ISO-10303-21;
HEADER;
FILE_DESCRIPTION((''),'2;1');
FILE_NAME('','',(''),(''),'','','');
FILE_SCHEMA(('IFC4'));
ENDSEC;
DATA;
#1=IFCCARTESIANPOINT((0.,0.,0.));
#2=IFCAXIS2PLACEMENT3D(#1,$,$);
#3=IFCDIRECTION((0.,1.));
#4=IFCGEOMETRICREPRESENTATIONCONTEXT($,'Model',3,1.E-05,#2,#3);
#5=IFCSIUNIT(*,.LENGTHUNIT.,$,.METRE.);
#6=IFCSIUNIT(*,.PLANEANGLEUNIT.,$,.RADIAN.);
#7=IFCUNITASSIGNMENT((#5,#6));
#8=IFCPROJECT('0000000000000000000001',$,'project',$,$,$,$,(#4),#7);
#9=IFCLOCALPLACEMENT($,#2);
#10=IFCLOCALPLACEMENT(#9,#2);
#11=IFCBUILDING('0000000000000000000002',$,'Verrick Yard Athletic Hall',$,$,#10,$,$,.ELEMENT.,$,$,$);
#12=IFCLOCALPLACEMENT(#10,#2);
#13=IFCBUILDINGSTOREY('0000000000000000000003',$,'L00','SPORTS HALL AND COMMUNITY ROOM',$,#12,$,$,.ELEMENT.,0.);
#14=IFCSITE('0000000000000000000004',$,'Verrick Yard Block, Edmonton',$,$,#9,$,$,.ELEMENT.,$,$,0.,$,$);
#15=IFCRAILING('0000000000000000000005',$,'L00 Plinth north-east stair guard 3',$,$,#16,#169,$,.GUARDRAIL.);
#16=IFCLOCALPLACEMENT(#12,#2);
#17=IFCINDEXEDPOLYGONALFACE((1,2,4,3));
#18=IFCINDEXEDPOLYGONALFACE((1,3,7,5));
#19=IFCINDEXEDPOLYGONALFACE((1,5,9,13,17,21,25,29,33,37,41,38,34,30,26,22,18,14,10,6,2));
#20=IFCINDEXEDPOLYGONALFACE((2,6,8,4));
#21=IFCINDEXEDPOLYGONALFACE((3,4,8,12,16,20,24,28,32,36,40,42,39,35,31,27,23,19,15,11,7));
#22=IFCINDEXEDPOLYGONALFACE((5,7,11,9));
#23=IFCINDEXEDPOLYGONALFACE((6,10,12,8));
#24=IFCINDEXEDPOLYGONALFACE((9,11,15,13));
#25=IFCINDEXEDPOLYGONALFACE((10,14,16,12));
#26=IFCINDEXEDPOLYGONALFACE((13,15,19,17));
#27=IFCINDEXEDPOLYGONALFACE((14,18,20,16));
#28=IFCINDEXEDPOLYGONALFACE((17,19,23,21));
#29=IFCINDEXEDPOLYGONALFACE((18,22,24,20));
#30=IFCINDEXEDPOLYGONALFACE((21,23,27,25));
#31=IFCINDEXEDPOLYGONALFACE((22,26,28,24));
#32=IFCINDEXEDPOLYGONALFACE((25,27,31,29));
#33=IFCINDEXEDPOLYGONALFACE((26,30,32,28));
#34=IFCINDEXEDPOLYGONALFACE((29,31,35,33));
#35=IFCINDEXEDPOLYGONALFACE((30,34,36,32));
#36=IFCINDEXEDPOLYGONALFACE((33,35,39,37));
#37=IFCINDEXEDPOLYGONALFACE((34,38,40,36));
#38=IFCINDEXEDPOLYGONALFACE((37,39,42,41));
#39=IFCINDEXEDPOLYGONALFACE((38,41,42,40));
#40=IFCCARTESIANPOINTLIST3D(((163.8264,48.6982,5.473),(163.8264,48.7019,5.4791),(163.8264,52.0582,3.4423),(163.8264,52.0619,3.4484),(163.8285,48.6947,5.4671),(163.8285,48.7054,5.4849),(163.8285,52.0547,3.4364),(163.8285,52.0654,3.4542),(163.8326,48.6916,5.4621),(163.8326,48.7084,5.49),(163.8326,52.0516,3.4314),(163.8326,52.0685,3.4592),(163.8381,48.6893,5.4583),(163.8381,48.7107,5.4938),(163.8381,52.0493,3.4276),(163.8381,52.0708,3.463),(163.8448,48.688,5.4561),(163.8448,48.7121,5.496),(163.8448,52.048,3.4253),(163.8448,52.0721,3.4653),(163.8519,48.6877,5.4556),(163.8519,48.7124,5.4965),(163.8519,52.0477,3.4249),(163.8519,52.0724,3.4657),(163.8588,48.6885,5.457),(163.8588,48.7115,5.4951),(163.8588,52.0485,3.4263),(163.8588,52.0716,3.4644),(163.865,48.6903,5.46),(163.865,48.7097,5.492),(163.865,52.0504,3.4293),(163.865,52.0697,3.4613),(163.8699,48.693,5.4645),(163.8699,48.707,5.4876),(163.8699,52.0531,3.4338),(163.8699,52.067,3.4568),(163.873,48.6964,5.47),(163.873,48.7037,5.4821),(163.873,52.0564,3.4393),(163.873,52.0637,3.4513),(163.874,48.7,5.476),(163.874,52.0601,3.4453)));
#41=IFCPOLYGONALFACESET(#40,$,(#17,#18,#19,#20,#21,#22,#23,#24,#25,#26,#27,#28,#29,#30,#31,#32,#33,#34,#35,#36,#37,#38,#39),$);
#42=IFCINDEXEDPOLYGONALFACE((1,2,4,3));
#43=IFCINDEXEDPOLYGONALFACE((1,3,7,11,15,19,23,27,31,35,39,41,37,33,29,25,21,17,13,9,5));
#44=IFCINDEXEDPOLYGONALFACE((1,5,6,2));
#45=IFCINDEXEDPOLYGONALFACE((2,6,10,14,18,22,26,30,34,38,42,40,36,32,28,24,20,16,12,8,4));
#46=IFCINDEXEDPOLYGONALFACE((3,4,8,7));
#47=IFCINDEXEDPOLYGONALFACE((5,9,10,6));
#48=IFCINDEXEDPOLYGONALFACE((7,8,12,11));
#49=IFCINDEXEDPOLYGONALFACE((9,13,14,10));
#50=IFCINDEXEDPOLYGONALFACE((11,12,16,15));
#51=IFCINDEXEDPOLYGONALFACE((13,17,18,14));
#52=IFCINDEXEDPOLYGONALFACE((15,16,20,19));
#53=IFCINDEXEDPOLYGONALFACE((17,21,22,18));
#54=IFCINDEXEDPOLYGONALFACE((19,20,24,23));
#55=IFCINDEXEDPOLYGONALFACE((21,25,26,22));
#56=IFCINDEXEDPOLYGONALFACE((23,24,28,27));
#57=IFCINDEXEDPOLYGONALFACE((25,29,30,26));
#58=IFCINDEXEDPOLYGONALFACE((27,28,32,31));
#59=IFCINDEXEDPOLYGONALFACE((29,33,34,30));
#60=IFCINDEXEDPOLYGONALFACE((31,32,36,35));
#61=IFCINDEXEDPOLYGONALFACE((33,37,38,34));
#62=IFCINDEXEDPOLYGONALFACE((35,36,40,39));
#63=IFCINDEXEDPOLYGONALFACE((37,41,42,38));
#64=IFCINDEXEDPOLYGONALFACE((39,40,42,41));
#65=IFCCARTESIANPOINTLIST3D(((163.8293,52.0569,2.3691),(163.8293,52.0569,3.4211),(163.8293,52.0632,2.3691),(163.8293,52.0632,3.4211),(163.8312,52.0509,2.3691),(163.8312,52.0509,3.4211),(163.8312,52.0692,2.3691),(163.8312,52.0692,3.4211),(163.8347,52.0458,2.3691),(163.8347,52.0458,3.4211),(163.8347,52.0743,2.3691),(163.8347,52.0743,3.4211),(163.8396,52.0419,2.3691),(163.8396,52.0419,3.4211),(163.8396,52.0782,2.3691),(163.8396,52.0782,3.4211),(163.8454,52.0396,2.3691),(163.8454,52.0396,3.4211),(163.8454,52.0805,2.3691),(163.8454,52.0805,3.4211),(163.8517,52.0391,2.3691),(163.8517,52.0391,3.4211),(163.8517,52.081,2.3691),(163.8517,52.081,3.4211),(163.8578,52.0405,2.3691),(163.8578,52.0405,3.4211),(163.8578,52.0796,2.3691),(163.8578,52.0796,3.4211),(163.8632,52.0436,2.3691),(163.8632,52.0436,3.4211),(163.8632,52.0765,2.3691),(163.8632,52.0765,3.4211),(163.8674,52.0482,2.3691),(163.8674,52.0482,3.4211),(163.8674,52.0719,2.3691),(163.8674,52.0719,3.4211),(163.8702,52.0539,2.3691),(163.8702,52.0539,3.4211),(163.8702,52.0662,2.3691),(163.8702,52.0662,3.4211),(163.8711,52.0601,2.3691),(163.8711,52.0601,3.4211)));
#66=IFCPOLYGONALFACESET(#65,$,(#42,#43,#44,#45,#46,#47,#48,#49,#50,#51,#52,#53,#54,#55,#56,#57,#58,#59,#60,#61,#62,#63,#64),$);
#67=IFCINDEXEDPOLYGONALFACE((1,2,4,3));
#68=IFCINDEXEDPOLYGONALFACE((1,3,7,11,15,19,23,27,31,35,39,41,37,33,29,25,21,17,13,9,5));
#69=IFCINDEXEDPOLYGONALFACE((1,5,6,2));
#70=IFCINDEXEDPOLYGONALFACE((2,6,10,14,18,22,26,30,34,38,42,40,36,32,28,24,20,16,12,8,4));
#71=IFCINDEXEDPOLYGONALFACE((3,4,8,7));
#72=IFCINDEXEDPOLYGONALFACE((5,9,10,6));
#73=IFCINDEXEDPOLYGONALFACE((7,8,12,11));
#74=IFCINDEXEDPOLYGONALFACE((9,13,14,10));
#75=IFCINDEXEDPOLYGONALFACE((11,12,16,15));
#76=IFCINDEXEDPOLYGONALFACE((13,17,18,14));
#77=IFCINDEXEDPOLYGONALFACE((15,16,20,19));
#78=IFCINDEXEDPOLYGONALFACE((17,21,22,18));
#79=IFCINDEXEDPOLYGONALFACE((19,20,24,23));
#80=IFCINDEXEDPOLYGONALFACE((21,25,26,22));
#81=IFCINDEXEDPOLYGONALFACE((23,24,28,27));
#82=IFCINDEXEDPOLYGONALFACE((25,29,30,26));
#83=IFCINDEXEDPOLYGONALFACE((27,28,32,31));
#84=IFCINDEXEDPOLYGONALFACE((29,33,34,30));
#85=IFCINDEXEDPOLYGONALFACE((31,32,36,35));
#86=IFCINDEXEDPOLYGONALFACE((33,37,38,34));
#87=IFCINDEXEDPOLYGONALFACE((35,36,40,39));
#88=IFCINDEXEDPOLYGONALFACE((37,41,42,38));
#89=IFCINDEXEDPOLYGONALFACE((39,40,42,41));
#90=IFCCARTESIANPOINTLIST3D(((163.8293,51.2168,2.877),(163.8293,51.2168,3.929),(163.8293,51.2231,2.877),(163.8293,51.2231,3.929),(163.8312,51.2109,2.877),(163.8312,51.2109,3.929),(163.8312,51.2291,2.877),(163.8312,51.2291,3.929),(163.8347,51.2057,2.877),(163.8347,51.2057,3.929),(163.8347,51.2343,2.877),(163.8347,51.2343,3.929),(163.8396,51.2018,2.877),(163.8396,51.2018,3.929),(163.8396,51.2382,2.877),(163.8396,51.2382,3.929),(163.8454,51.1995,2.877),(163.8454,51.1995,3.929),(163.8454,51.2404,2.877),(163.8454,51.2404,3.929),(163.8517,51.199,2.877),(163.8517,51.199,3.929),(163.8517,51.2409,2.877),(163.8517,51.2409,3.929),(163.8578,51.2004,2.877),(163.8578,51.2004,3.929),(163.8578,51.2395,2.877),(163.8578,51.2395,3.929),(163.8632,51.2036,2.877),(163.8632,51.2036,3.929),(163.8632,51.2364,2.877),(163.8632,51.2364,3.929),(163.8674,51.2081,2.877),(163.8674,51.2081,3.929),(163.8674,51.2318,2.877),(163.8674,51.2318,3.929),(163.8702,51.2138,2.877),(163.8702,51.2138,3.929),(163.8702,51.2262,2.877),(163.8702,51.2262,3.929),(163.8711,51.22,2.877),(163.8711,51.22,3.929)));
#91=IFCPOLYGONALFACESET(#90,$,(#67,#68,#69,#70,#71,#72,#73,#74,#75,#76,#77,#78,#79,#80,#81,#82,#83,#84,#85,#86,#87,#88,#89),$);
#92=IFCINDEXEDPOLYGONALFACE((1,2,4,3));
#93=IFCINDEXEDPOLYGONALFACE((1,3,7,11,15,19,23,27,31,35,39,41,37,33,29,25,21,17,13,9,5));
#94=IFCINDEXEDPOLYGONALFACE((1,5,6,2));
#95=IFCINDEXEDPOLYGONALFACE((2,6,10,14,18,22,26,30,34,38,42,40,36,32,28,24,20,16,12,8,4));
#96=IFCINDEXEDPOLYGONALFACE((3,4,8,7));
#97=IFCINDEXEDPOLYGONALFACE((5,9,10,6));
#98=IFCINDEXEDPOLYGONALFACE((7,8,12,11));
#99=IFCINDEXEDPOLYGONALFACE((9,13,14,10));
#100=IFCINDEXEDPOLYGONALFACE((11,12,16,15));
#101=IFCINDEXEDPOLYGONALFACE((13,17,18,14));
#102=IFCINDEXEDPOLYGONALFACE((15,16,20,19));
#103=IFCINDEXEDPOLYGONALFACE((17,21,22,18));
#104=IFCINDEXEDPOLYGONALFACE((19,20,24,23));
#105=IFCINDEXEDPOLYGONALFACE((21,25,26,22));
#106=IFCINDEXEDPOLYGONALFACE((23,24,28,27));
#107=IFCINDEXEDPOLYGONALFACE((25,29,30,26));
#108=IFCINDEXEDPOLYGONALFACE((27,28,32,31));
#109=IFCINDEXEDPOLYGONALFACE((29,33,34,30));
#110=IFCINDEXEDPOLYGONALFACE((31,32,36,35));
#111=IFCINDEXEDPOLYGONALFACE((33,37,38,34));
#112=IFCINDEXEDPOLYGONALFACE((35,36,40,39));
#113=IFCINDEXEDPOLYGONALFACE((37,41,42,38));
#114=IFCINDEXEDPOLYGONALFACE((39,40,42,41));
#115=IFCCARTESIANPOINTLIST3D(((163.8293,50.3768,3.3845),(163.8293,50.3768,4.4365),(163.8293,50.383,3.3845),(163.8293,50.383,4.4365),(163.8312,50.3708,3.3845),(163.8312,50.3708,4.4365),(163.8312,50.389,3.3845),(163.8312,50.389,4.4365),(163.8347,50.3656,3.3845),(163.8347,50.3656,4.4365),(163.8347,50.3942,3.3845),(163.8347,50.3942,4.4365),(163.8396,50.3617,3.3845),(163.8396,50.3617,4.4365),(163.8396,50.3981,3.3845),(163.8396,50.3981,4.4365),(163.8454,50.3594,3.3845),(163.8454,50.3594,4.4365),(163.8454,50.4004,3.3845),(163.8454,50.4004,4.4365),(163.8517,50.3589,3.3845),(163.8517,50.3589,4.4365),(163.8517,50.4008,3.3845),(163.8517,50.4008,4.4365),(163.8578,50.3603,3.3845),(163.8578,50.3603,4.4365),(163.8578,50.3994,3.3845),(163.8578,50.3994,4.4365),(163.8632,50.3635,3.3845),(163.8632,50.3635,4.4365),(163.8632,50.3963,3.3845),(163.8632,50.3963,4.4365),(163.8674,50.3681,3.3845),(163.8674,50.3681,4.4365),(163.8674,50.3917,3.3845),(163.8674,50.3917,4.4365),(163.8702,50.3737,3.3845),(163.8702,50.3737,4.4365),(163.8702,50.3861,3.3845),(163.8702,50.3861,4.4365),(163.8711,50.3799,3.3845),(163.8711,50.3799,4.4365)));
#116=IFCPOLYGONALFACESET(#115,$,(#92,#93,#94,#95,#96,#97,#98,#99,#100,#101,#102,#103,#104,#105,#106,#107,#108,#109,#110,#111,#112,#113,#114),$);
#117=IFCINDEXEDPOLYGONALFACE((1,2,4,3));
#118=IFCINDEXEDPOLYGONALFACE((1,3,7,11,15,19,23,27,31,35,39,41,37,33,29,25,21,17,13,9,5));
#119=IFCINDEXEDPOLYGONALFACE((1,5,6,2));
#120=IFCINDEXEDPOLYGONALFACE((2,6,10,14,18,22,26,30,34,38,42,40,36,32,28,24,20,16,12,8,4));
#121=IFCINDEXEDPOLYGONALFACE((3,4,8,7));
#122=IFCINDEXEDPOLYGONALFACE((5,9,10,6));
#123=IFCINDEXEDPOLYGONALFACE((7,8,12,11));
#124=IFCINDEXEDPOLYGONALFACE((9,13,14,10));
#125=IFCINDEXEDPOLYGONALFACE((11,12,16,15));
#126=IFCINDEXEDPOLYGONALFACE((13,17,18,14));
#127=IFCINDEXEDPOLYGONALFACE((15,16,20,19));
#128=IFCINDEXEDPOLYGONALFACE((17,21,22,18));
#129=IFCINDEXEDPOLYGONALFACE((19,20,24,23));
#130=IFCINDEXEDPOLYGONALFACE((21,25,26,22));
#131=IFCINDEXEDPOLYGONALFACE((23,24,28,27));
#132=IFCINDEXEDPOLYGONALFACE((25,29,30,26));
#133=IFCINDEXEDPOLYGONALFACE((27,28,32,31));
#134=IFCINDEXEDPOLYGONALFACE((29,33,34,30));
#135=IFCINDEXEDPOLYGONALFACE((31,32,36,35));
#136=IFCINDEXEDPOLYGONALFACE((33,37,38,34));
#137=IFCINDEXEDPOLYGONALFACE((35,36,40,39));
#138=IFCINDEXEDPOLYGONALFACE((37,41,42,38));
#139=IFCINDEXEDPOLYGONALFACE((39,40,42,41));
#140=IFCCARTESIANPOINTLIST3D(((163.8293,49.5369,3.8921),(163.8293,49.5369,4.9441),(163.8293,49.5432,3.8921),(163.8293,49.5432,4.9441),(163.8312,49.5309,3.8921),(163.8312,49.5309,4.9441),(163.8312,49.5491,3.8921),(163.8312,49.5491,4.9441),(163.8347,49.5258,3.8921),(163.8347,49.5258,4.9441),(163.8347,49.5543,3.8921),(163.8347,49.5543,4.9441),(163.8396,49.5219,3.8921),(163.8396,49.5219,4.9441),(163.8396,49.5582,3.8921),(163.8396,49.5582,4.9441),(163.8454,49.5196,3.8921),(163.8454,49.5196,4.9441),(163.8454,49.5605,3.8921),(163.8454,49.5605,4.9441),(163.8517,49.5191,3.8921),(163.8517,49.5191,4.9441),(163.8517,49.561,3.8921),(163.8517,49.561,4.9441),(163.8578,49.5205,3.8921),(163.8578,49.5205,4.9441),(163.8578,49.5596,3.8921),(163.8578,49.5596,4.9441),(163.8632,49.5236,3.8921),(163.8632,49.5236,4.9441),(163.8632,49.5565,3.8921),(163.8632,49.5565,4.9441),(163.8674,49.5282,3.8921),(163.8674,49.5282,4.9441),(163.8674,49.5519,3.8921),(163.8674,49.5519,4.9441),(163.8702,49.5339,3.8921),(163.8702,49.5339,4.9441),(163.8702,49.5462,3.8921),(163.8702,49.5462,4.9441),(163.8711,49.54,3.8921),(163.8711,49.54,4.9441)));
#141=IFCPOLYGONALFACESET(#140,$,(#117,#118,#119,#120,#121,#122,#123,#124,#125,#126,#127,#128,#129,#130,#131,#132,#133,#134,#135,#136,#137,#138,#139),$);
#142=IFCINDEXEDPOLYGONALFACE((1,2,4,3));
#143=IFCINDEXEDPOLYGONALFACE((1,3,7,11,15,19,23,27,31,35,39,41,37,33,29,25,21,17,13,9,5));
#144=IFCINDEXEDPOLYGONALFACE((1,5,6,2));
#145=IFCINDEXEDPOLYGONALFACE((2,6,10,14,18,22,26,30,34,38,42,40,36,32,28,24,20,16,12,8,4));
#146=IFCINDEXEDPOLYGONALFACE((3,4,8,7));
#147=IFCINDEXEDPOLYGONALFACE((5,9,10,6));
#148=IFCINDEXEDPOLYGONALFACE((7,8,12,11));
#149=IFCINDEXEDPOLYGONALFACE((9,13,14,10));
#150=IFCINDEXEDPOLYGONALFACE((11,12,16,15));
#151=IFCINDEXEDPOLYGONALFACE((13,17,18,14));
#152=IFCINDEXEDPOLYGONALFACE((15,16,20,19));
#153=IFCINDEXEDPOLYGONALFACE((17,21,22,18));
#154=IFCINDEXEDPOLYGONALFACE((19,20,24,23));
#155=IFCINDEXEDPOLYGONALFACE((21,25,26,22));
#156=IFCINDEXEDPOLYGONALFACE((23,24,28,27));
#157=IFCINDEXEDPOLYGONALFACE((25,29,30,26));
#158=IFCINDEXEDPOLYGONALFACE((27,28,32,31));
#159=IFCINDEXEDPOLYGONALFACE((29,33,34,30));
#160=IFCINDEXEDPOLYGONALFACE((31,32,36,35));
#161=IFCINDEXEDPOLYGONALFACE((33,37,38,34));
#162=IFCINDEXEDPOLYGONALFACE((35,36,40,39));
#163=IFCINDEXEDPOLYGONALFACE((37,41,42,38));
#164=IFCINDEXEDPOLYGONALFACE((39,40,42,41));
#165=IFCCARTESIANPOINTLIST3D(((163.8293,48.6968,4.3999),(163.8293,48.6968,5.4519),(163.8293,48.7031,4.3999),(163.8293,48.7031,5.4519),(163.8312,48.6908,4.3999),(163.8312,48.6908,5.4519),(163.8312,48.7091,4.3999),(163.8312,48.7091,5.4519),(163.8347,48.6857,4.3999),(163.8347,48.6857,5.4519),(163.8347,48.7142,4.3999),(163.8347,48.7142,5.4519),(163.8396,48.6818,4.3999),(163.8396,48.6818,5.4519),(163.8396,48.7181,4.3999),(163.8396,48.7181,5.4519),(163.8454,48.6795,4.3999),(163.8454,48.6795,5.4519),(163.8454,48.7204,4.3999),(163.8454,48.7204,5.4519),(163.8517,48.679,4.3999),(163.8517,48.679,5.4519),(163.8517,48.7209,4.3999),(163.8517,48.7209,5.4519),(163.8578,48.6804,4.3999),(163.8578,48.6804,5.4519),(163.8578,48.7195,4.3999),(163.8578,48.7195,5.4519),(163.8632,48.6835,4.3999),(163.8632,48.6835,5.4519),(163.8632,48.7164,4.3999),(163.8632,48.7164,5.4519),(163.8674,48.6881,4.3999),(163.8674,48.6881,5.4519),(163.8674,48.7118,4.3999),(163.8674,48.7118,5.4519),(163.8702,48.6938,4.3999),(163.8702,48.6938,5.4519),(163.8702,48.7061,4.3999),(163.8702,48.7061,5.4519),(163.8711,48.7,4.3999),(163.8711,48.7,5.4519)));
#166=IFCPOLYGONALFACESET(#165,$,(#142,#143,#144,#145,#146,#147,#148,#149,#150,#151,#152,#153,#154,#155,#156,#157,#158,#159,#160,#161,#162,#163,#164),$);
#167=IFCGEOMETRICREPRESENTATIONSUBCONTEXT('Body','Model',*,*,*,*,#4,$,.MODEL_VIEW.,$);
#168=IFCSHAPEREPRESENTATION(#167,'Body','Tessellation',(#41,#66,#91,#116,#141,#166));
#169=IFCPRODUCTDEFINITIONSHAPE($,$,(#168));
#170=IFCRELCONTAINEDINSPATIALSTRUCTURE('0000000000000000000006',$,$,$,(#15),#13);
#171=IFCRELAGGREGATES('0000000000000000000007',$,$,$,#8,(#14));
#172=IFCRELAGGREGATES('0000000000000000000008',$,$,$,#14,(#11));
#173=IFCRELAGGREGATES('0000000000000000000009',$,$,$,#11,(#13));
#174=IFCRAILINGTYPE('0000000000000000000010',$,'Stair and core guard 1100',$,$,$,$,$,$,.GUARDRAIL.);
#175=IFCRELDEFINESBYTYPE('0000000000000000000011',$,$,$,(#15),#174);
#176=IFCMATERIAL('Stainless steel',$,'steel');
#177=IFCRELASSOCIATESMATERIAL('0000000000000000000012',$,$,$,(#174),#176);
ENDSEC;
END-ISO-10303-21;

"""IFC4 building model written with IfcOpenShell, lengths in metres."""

from ifc_helpers import new_model, si_unit, direction, frame, origin, origin_2d, place, context, subcontext, project, spatial, circle, extrude, material, type_object, element, save


model = new_model("IFC4")

# Units and contexts
model_context = context("Model", 3, precision=1e-05, world=origin(), true_north=direction((0.0, 1.0)))
body_context = subcontext(model_context, "Body", "Model", "MODEL_VIEW")
ifc_project = project(units=[si_unit("LENGTHUNIT", "METRE"), si_unit("PLANEANGLEUNIT", "RADIAN")], contexts=[model_context])

# Site, building, storey
site_placement = place(None, origin())
site = spatial("IfcSite", under=ifc_project, at=site_placement, Name="Verrick Yard Block, Edmonton", CompositionType="ELEMENT", RefElevation=0.0)
building_placement = place(site_placement, origin())
building = spatial("IfcBuilding", under=site, at=building_placement, Name="Verrick Yard Athletic Hall", CompositionType="ELEMENT")
storey_placement = place(building_placement, origin())
storey = spatial("IfcBuildingStorey", under=building, at=storey_placement, Name="L00", Description="SPORTS HALL AND COMMUNITY ROOM", CompositionType="ELEMENT", Elevation=0.0)

# Railing
ifc_material_1 = material(Name="Stainless steel", Category="steel")
railing_type_1 = type_object("IfcRailingType", Name="Stair and core guard 1100", PredefinedType="GUARDRAIL", material=ifc_material_1)
railing_1_placement = place(storey_placement, frame((163.8501, 52.0601, 2.3691)))
element("IfcRailing", 1, at=railing_1_placement, inside=storey, type_object=railing_type_1, Name="L00 Plinth north-east stair guard 3", PredefinedType="GUARDRAIL", context=body_context, shape_type="SweptSolid", body=[
    extrude(circle(Radius=0.0239, at=origin_2d()), frame((0.0, 0.0, 1.0762), z_axis=(0.0, -0.855837, 0.517246), x_axis=(1.0, 0.0, 0.0)), (0.0, 0.0, 1.0), 3.926),
    extrude(circle(Radius=0.021, at=origin_2d()), origin(), (0.0, 0.0, 1.0), 1.052),
    extrude(circle(Radius=0.021, at=origin_2d()), frame((0.0, -0.8401, 0.5078)), (0.0, 0.0, 1.0), 1.052),
    extrude(circle(Radius=0.021, at=origin_2d()), frame((0.0, -1.6802, 1.0154)), (0.0, 0.0, 1.0), 1.052),
    extrude(circle(Radius=0.021, at=origin_2d()), frame((0.0, -2.52, 1.5229)), (0.0, 0.0, 1.0), 1.052),
    extrude(circle(Radius=0.021, at=origin_2d()), frame((0.0, -3.3601, 2.0308)), (0.0, 0.0, 1.0), 1.052),
])

save(model, "model.ifc")
